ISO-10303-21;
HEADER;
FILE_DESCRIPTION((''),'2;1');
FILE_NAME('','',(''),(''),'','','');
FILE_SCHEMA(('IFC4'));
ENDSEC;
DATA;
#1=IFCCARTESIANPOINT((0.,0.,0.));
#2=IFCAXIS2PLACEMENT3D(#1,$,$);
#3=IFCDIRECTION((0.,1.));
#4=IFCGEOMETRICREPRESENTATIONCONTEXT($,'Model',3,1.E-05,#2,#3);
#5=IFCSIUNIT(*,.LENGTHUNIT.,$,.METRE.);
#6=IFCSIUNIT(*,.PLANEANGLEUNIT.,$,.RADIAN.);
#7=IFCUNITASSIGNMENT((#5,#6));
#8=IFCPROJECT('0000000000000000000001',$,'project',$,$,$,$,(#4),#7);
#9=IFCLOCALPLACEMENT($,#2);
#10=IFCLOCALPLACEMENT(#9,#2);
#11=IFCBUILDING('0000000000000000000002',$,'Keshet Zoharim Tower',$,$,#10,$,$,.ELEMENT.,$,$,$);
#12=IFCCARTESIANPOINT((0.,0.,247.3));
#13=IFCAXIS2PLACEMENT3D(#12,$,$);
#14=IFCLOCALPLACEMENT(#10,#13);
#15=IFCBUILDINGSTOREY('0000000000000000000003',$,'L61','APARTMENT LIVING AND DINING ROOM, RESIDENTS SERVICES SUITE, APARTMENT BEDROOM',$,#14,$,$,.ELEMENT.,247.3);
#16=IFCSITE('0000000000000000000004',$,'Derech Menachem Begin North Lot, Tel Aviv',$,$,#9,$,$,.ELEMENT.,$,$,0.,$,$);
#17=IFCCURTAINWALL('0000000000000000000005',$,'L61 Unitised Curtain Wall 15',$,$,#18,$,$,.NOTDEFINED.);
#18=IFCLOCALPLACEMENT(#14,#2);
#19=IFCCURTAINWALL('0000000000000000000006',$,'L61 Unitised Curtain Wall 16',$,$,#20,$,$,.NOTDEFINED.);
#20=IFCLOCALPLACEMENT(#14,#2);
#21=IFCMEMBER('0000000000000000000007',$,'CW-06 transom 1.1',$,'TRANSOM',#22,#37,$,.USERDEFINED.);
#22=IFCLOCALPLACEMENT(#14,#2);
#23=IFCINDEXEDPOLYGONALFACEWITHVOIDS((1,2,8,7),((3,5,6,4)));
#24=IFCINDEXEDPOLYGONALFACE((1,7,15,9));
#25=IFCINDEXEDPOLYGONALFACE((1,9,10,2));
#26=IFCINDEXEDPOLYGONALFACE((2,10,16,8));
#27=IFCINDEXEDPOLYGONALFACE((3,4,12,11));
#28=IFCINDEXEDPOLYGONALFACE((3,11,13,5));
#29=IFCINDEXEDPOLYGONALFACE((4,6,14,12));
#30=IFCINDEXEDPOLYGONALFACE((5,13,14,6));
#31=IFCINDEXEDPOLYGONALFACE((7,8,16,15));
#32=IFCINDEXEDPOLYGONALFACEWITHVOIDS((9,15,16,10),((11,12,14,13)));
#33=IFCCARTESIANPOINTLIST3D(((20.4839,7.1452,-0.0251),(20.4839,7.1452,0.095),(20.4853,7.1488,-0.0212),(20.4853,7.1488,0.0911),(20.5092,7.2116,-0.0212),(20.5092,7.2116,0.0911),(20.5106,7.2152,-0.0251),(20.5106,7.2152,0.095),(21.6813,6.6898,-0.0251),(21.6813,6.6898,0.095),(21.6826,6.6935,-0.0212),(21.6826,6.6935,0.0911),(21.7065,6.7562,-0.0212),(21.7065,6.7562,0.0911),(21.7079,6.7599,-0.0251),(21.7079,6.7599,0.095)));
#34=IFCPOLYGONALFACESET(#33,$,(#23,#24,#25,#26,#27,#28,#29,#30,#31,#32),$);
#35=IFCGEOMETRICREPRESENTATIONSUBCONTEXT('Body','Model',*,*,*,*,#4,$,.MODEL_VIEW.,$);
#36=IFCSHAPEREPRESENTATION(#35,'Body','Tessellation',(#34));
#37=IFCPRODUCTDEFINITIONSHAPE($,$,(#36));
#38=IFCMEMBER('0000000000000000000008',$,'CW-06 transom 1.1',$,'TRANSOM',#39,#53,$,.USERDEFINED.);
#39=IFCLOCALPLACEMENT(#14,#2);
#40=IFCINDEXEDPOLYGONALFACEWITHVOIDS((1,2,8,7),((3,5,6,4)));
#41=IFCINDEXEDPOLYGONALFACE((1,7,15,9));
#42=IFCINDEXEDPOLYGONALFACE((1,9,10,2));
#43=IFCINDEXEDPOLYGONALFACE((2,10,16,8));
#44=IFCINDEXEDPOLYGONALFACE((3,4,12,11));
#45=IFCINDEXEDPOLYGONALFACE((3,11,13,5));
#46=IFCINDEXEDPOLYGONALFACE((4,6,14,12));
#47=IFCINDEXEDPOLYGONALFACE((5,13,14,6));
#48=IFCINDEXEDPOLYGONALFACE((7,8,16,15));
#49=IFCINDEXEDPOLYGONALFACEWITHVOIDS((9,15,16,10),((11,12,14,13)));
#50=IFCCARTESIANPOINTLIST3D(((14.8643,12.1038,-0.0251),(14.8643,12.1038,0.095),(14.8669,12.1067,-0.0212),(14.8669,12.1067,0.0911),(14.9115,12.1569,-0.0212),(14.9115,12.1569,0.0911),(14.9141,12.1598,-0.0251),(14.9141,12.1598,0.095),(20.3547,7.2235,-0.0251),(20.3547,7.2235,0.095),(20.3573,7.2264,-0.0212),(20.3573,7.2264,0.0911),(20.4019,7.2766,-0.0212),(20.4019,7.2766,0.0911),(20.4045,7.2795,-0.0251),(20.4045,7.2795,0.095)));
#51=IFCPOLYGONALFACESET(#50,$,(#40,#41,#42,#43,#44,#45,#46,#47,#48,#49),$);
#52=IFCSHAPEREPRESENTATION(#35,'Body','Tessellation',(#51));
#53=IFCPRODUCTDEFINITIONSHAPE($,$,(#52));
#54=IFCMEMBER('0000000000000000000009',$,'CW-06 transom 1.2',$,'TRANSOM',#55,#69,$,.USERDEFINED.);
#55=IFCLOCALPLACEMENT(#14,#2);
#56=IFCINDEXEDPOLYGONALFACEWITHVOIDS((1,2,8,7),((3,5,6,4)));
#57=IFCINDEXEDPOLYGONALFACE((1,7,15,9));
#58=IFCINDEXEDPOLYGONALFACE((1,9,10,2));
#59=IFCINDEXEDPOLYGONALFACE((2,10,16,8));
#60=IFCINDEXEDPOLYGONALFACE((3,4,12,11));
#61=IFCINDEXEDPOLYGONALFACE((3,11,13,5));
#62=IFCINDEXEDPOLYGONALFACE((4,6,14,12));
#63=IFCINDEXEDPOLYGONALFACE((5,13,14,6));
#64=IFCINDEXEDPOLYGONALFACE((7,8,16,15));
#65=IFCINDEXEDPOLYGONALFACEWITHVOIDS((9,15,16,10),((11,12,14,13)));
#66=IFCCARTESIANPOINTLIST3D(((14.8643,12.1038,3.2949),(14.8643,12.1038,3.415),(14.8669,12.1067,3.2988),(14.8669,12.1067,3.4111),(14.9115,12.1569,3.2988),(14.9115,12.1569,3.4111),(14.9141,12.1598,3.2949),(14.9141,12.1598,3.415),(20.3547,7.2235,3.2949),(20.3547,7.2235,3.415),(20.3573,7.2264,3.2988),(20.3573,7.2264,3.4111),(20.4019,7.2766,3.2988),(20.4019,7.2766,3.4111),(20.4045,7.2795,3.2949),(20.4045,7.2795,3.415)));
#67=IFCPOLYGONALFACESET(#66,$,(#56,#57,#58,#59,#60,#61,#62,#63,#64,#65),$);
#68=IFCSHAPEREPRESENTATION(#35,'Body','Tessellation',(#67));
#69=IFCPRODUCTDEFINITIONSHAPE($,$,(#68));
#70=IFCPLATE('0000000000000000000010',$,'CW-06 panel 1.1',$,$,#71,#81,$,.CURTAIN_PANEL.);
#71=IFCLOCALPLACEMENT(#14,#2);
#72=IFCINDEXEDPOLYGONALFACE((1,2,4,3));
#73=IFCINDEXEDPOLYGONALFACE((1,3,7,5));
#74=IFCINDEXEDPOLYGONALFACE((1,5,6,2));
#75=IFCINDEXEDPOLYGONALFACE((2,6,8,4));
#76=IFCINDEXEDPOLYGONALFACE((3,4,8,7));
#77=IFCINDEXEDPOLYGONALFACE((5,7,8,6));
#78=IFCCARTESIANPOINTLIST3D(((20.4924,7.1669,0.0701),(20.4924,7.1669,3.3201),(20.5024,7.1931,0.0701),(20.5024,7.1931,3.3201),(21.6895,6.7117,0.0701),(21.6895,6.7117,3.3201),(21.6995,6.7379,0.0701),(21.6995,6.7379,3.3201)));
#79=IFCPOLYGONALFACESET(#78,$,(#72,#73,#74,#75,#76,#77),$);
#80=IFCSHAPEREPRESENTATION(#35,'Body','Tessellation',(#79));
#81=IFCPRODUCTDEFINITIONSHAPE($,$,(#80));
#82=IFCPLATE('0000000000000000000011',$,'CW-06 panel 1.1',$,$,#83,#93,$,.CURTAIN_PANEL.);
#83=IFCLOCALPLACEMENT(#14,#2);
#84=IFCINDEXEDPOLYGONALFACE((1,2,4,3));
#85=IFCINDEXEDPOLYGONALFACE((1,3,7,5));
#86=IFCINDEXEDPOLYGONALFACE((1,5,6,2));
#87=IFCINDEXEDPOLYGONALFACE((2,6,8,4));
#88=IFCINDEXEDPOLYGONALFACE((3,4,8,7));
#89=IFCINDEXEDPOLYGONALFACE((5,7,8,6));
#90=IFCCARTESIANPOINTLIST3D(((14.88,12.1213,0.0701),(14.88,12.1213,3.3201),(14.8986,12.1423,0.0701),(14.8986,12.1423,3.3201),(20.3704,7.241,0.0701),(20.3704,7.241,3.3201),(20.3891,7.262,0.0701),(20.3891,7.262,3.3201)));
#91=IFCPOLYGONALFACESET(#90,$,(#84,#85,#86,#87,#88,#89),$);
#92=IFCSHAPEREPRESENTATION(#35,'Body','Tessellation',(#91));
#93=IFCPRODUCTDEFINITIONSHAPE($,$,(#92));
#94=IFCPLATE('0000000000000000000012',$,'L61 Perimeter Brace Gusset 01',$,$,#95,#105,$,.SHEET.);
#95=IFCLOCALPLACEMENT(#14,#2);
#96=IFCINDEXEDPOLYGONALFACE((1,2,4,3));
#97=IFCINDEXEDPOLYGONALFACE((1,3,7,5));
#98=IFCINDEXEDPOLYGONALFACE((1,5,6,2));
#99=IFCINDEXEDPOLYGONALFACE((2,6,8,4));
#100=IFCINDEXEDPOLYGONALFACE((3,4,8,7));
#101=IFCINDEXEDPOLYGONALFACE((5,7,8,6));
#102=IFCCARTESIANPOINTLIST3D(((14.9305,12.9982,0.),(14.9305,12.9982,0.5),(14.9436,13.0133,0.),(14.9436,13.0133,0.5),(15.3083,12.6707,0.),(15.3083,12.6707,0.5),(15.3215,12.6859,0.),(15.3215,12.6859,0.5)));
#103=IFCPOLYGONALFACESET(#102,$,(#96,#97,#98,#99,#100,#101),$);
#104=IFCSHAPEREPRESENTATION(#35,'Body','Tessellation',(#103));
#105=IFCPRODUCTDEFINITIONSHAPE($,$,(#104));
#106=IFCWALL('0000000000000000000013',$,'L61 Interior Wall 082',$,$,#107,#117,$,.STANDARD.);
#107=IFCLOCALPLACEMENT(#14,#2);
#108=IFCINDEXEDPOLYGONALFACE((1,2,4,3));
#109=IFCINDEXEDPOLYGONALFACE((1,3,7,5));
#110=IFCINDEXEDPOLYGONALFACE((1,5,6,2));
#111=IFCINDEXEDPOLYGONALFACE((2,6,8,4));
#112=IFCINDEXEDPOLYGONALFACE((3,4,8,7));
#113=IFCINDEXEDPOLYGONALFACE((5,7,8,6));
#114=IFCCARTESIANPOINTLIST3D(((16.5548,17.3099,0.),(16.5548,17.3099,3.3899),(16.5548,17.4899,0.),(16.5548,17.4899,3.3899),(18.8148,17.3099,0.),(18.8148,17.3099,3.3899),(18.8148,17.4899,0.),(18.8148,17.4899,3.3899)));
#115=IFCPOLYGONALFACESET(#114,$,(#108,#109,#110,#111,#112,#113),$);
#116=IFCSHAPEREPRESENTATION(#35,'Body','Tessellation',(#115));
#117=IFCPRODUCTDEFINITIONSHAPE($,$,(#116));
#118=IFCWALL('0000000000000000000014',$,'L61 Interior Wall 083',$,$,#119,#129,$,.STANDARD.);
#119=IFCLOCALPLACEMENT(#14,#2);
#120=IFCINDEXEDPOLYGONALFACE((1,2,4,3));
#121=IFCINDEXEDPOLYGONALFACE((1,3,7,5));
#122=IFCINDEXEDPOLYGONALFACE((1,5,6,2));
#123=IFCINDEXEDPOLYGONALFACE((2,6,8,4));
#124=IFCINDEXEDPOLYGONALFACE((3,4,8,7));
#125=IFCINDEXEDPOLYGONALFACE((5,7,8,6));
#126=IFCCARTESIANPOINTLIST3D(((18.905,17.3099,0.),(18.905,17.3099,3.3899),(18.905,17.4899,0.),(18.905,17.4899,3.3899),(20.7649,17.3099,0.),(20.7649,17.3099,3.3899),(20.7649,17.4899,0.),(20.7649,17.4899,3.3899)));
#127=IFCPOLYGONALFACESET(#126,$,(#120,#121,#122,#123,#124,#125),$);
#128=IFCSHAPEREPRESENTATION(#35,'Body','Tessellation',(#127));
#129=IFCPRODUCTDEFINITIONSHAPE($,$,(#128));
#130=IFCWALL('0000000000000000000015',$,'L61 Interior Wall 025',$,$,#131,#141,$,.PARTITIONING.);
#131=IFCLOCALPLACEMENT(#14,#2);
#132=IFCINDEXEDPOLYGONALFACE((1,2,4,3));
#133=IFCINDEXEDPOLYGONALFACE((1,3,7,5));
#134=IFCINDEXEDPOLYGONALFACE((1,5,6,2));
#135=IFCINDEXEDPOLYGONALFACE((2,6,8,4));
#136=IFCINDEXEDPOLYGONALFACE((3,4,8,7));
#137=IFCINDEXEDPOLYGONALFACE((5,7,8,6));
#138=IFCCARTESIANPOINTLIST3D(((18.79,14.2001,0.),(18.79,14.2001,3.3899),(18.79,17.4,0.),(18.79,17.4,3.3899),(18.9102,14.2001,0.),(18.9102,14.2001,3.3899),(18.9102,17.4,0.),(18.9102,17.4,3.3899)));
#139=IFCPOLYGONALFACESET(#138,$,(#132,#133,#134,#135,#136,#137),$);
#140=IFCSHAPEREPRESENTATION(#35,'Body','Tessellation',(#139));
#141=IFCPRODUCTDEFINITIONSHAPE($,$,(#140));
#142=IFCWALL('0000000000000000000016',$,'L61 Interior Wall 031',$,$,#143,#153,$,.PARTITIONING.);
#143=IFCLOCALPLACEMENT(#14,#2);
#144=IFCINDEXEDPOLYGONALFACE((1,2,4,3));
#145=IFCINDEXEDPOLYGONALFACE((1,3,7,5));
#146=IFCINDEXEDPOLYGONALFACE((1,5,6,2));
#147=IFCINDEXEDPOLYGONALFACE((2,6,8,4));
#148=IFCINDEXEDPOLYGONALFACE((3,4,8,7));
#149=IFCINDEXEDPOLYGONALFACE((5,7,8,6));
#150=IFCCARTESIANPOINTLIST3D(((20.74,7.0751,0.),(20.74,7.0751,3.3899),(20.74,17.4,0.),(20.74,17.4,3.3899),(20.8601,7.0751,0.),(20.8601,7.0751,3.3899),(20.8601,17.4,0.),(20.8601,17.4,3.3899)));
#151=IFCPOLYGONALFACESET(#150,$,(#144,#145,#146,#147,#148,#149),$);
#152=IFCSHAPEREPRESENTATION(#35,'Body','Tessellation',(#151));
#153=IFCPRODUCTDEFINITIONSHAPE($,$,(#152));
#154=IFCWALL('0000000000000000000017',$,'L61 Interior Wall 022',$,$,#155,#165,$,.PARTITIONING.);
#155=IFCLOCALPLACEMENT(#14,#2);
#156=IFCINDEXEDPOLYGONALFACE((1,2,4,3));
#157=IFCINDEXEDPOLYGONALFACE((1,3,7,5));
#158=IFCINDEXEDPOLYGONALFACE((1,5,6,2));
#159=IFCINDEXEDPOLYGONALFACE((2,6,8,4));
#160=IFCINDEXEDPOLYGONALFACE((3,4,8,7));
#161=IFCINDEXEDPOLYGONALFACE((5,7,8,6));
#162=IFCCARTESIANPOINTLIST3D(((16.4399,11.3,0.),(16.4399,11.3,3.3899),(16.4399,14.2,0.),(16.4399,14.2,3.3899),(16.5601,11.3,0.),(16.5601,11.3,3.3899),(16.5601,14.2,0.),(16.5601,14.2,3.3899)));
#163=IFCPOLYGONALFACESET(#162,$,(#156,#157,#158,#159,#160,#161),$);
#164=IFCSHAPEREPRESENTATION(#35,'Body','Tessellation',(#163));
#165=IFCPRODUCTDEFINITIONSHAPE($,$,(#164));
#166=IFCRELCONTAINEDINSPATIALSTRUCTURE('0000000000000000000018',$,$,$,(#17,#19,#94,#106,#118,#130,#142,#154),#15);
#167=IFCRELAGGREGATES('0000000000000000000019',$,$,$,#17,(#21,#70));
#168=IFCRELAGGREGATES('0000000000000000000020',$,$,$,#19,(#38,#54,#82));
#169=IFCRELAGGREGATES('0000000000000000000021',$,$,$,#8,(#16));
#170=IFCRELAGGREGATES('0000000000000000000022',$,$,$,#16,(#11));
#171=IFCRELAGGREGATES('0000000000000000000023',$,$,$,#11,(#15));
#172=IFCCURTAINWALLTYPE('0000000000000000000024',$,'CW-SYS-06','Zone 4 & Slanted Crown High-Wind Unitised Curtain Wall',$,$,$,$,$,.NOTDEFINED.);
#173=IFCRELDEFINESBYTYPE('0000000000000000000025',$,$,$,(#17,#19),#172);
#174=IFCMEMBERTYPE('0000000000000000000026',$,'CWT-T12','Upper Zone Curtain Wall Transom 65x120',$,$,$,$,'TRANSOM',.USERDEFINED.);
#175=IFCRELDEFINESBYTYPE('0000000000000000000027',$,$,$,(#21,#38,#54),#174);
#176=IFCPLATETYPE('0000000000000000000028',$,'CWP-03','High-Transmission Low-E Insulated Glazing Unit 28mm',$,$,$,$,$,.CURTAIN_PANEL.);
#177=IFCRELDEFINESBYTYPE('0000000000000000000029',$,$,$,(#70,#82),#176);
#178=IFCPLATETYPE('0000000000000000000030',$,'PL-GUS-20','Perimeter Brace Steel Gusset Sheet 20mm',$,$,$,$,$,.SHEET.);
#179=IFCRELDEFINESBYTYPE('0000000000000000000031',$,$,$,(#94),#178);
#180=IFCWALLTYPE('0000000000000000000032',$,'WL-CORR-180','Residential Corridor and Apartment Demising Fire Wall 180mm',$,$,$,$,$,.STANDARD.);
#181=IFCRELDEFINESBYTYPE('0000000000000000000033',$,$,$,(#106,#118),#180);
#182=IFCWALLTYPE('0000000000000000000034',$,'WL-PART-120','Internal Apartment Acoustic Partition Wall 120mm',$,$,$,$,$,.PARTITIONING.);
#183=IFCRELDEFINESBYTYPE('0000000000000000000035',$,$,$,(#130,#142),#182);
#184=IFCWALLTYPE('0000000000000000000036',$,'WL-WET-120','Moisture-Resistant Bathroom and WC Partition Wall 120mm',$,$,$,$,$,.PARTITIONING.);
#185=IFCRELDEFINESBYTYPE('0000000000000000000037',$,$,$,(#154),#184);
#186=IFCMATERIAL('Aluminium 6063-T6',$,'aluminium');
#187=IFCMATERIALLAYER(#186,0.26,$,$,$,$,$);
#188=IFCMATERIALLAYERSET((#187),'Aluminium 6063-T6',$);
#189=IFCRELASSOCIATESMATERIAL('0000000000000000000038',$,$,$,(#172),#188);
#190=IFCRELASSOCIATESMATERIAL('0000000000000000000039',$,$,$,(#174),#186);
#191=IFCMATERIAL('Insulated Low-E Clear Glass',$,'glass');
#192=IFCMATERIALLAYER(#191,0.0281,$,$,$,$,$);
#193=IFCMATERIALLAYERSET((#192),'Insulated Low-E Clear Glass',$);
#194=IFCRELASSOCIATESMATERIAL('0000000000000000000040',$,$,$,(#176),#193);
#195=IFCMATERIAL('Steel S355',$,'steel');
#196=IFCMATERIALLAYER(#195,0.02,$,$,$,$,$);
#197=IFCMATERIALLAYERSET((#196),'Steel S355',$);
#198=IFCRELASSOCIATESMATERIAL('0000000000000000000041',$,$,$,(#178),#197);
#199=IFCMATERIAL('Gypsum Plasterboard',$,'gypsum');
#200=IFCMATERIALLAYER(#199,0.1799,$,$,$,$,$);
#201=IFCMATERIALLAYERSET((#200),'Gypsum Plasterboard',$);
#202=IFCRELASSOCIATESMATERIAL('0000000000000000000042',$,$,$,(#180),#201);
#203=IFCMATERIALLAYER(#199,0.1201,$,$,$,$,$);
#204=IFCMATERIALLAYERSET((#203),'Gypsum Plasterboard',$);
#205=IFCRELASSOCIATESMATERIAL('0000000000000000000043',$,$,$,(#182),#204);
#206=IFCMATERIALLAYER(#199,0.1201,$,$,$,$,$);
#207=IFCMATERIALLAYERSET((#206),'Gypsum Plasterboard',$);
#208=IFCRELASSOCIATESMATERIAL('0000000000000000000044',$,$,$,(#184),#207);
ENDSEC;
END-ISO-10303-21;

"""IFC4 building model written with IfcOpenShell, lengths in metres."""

from ifc_helpers import new_model, si_unit, direction, frame, frame_2d, origin, origin_2d, place, context, subcontext, project, spatial, rectangle, hollow_rectangle, extrude, material, layer, layer_set, material_profile, profile_set, type_object, element, aggregate, save


model = new_model("IFC4")

# Units and contexts
model_context = context("Model", 3, precision=1e-05, world=origin(), true_north=direction((0.0, 1.0)))
body_context = subcontext(model_context, "Body", "Model", "MODEL_VIEW")
ifc_project = project(units=[si_unit("LENGTHUNIT", "METRE"), si_unit("PLANEANGLEUNIT", "RADIAN")], contexts=[model_context])

# Site, building, storey
site_placement = place(None, origin())
site = spatial("IfcSite", under=ifc_project, at=site_placement, Name="Derech Menachem Begin North Lot, Tel Aviv", CompositionType="ELEMENT", RefElevation=0.0)
building_placement = place(site_placement, origin())
building = spatial("IfcBuilding", under=site, at=building_placement, Name="Keshet Zoharim Tower", CompositionType="ELEMENT")
storey_placement = place(building_placement, frame((0.0, 0.0, 247.3)))
storey = spatial("IfcBuildingStorey", under=building, at=storey_placement, Name="L61", Description="APARTMENT LIVING AND DINING ROOM, RESIDENTS SERVICES SUITE, APARTMENT BEDROOM", CompositionType="ELEMENT", Elevation=247.3)

# Shared definitions
ifc_material_1 = material(Name="Steel S355", Category="steel")

# Curtain walls
ifc_material_2 = material(Name="Aluminium 6063-T6", Category="aluminium")
ifc_layer_1 = layer(ifc_material_2, 0.26)
ifc_layer_set_1 = layer_set([ifc_layer_1], Name="Aluminium 6063-T6")
curtain_wall_type = type_object("IfcCurtainWallType", Name="CW-SYS-06", Description="Zone 4 & Slanted Crown High-Wind Unitised Curtain Wall", PredefinedType="NOTDEFINED", material=ifc_layer_set_1)
curtain_wall_1_placement = place(storey_placement, origin())
curtain_wall_1 = element("IfcCurtainWall", 1, at=curtain_wall_1_placement, inside=storey, type_object=curtain_wall_type, Name="L61 Unitised Curtain Wall 15", PredefinedType="NOTDEFINED")
curtain_wall_2_placement = place(storey_placement, origin())
curtain_wall_2 = element("IfcCurtainWall", 2, at=curtain_wall_2_placement, inside=storey, type_object=curtain_wall_type, Name="L61 Unitised Curtain Wall 16", PredefinedType="NOTDEFINED")

# Members
ifc_material_profile_1 = material_profile(ifc_material_2, hollow_rectangle(XDim=0.075, YDim=0.1201, WallThickness=0.0039, at=origin_2d()), Name="TRN-75x120")
ifc_profile_set_1 = profile_set([ifc_material_profile_1], Name="Aluminium 6063-T6")
member_type_1 = type_object("IfcMemberType", Name="CWT-T12", Description="Upper Zone Curtain Wall Transom 65x120", ElementType="TRANSOM", PredefinedType="USERDEFINED", material=ifc_profile_set_1)
member_1_placement = place(storey_placement, frame((21.6946, 6.7249, 0.0349), z_axis=(-0.93469, 0.355464, 0.0), x_axis=(-0.355464, -0.93469, 0.0)))
member_1 = element("IfcMember", 3, at=member_1_placement, type_object=member_type_1, Name="CW-06 transom 1.1", ObjectType="TRANSOM", PredefinedType="USERDEFINED", context=body_context, shape_type="SweptSolid", body=[
    extrude(hollow_rectangle(XDim=0.075, YDim=0.1201, WallThickness=0.0039, at=origin_2d()), origin(), (0.0, 0.0, 1.0), 1.281),
])
member_2_placement = place(storey_placement, frame((20.3796, 7.2515, 0.0349), z_axis=(-0.747413, 0.66436, 0.0), x_axis=(-0.66436, -0.747413, 0.0)))
member_2 = element("IfcMember", 4, at=member_2_placement, type_object=member_type_1, Name="CW-06 transom 1.1", ObjectType="TRANSOM", PredefinedType="USERDEFINED", context=body_context, shape_type="SweptSolid", body=[
    extrude(hollow_rectangle(XDim=0.075, YDim=0.1201, WallThickness=0.0039, at=origin_2d()), origin(), (0.0, 0.0, 1.0), 7.3459),
])
member_3_placement = place(storey_placement, frame((20.3796, 7.2515, 3.355), z_axis=(-0.747413, 0.66436, 0.0), x_axis=(-0.66436, -0.747413, 0.0)))
member_3 = element("IfcMember", 5, at=member_3_placement, type_object=member_type_1, Name="CW-06 transom 1.2", ObjectType="TRANSOM", PredefinedType="USERDEFINED", context=body_context, shape_type="SweptSolid", body=[
    extrude(hollow_rectangle(XDim=0.075, YDim=0.1201, WallThickness=0.0039, at=origin_2d()), origin(), (0.0, 0.0, 1.0), 7.3459),
])

# Plates
ifc_material_3 = material(Name="Insulated Low-E Clear Glass", Category="glass")
ifc_layer_2 = layer(ifc_material_3, 0.0281)
ifc_layer_set_2 = layer_set([ifc_layer_2], Name="Insulated Low-E Clear Glass")
plate_type_1 = type_object("IfcPlateType", Name="CWP-03", Description="High-Transmission Low-E Insulated Glazing Unit 28mm", PredefinedType="CURTAIN_PANEL", material=ifc_layer_set_2)
plate_1_placement = place(storey_placement, frame((21.0959, 6.9524, 0.0701), z_axis=(0.0, 0.0, 1.0), x_axis=(-0.934699, 0.355439, 0.0)))
plate_1 = element("IfcPlate", 6, at=plate_1_placement, type_object=plate_type_1, Name="CW-06 panel 1.1", PredefinedType="CURTAIN_PANEL", context=body_context, shape_type="SweptSolid", body=[
    extrude(rectangle(XDim=1.2808, YDim=0.0281, at=origin_2d()), origin(), (0.0, 0.0, 1.0), 3.25),
])
aggregate(curtain_wall_1, [member_1, plate_1])
plate_2_placement = place(storey_placement, frame((17.6345, 9.6917, 0.0701), z_axis=(0.0, 0.0, 1.0), x_axis=(-0.747411, 0.664362, 0.0)))
plate_2 = element("IfcPlate", 7, at=plate_2_placement, type_object=plate_type_1, Name="CW-06 panel 1.1", PredefinedType="CURTAIN_PANEL", context=body_context, shape_type="SweptSolid", body=[
    extrude(rectangle(XDim=7.3459, YDim=0.0281, at=origin_2d()), origin(), (0.0, 0.0, 1.0), 3.25),
])
aggregate(curtain_wall_2, [member_2, member_3, plate_2])
ifc_layer_3 = layer(ifc_material_1, 0.02)
ifc_layer_set_3 = layer_set([ifc_layer_3], Name="Steel S355")
plate_type_2 = type_object("IfcPlateType", Name="PL-GUS-20", Description="Perimeter Brace Steel Gusset Sheet 20mm", PredefinedType="SHEET", material=ifc_layer_set_3)
plate_3_placement = place(storey_placement, frame((15.126, 12.842, 0.0), z_axis=(0.0, 0.0, 1.0), x_axis=(-0.755689, 0.654931, 0.0)))
element("IfcPlate", 8, at=plate_3_placement, inside=storey, type_object=plate_type_2, Name="L61 Perimeter Brace Gusset 01", PredefinedType="SHEET", context=body_context, shape_type="SweptSolid", body=[
    extrude(rectangle(XDim=0.5, YDim=0.02, at=origin_2d()), origin(), (0.0, 0.0, 1.0), 0.5),
])

# Walls
ifc_material_4 = material(Name="Gypsum Plasterboard", Category="gypsum")
ifc_layer_4 = layer(ifc_material_4, 0.1799)
ifc_layer_set_4 = layer_set([ifc_layer_4], Name="Gypsum Plasterboard")
wall_type_1 = type_object("IfcWallType", Name="WL-CORR-180", Description="Residential Corridor and Apartment Demising Fire Wall 180mm", PredefinedType="STANDARD", material=ifc_layer_set_4)
wall_1_placement = place(storey_placement, frame((16.5549, 17.3999, 0.0), z_axis=(0.0, 0.0, 1.0), x_axis=(1.0, 0.0, 0.0)))
element("IfcWall", 9, at=wall_1_placement, inside=storey, type_object=wall_type_1, Name="L61 Interior Wall 082", PredefinedType="STANDARD", context=body_context, shape_type="SweptSolid", body=[
    extrude(rectangle(XDim=2.26, YDim=0.1799, at=frame_2d((1.1299, 0.0))), origin(), (0.0, 0.0, 1.0), 3.3899),
])
wall_2_placement = place(storey_placement, frame((18.905, 17.3999, 0.0), z_axis=(0.0, 0.0, 1.0), x_axis=(1.0, 0.0, 0.0)))
element("IfcWall", 10, at=wall_2_placement, inside=storey, type_object=wall_type_1, Name="L61 Interior Wall 083", PredefinedType="STANDARD", context=body_context, shape_type="SweptSolid", body=[
    extrude(rectangle(XDim=1.8599, YDim=0.1799, at=frame_2d((0.9299, 0.0))), origin(), (0.0, 0.0, 1.0), 3.3899),
])

# Shared definitions
ifc_layer_5 = layer(ifc_material_4, 0.1201)
ifc_layer_set_5 = layer_set([ifc_layer_5], Name="Gypsum Plasterboard")
wall_type_2 = type_object("IfcWallType", Name="WL-PART-120", Description="Internal Apartment Acoustic Partition Wall 120mm", PredefinedType="PARTITIONING", material=ifc_layer_set_5)

# Walls
wall_3_placement = place(storey_placement, frame((18.8501, 14.2, 0.0), z_axis=(0.0, 0.0, 1.0), x_axis=(0.0, 1.0, 0.0)))
element("IfcWall", 11, at=wall_3_placement, inside=storey, type_object=wall_type_2, Name="L61 Interior Wall 025", PredefinedType="PARTITIONING", context=body_context, shape_type="SweptSolid", body=[
    extrude(rectangle(XDim=3.2, YDim=0.1201, at=frame_2d((1.6001, 0.0))), origin(), (0.0, 0.0, 1.0), 3.3899),
])
wall_4_placement = place(storey_placement, frame((20.8, 7.075, 0.0), z_axis=(0.0, 0.0, 1.0), x_axis=(0.0, 1.0, 0.0)))
element("IfcWall", 12, at=wall_4_placement, inside=storey, type_object=wall_type_2, Name="L61 Interior Wall 031", PredefinedType="PARTITIONING", context=body_context, shape_type="SweptSolid", body=[
    extrude(rectangle(XDim=10.325, YDim=0.1201, at=frame_2d((5.1626, 0.0))), origin(), (0.0, 0.0, 1.0), 3.3899),
])
ifc_layer_6 = layer(ifc_material_4, 0.1201)
ifc_layer_set_6 = layer_set([ifc_layer_6], Name="Gypsum Plasterboard")
wall_type_3 = type_object("IfcWallType", Name="WL-WET-120", Description="Moisture-Resistant Bathroom and WC Partition Wall 120mm", PredefinedType="PARTITIONING", material=ifc_layer_set_6)
wall_5_placement = place(storey_placement, frame((16.5, 11.3, 0.0), z_axis=(0.0, 0.0, 1.0), x_axis=(0.0, 1.0, 0.0)))
element("IfcWall", 13, at=wall_5_placement, inside=storey, type_object=wall_type_3, Name="L61 Interior Wall 022", PredefinedType="PARTITIONING", context=body_context, shape_type="SweptSolid", body=[
    extrude(rectangle(XDim=2.8999, YDim=0.1201, at=frame_2d((1.45, 0.0))), origin(), (0.0, 0.0, 1.0), 3.3899),
])

save(model, "model.ifc")
